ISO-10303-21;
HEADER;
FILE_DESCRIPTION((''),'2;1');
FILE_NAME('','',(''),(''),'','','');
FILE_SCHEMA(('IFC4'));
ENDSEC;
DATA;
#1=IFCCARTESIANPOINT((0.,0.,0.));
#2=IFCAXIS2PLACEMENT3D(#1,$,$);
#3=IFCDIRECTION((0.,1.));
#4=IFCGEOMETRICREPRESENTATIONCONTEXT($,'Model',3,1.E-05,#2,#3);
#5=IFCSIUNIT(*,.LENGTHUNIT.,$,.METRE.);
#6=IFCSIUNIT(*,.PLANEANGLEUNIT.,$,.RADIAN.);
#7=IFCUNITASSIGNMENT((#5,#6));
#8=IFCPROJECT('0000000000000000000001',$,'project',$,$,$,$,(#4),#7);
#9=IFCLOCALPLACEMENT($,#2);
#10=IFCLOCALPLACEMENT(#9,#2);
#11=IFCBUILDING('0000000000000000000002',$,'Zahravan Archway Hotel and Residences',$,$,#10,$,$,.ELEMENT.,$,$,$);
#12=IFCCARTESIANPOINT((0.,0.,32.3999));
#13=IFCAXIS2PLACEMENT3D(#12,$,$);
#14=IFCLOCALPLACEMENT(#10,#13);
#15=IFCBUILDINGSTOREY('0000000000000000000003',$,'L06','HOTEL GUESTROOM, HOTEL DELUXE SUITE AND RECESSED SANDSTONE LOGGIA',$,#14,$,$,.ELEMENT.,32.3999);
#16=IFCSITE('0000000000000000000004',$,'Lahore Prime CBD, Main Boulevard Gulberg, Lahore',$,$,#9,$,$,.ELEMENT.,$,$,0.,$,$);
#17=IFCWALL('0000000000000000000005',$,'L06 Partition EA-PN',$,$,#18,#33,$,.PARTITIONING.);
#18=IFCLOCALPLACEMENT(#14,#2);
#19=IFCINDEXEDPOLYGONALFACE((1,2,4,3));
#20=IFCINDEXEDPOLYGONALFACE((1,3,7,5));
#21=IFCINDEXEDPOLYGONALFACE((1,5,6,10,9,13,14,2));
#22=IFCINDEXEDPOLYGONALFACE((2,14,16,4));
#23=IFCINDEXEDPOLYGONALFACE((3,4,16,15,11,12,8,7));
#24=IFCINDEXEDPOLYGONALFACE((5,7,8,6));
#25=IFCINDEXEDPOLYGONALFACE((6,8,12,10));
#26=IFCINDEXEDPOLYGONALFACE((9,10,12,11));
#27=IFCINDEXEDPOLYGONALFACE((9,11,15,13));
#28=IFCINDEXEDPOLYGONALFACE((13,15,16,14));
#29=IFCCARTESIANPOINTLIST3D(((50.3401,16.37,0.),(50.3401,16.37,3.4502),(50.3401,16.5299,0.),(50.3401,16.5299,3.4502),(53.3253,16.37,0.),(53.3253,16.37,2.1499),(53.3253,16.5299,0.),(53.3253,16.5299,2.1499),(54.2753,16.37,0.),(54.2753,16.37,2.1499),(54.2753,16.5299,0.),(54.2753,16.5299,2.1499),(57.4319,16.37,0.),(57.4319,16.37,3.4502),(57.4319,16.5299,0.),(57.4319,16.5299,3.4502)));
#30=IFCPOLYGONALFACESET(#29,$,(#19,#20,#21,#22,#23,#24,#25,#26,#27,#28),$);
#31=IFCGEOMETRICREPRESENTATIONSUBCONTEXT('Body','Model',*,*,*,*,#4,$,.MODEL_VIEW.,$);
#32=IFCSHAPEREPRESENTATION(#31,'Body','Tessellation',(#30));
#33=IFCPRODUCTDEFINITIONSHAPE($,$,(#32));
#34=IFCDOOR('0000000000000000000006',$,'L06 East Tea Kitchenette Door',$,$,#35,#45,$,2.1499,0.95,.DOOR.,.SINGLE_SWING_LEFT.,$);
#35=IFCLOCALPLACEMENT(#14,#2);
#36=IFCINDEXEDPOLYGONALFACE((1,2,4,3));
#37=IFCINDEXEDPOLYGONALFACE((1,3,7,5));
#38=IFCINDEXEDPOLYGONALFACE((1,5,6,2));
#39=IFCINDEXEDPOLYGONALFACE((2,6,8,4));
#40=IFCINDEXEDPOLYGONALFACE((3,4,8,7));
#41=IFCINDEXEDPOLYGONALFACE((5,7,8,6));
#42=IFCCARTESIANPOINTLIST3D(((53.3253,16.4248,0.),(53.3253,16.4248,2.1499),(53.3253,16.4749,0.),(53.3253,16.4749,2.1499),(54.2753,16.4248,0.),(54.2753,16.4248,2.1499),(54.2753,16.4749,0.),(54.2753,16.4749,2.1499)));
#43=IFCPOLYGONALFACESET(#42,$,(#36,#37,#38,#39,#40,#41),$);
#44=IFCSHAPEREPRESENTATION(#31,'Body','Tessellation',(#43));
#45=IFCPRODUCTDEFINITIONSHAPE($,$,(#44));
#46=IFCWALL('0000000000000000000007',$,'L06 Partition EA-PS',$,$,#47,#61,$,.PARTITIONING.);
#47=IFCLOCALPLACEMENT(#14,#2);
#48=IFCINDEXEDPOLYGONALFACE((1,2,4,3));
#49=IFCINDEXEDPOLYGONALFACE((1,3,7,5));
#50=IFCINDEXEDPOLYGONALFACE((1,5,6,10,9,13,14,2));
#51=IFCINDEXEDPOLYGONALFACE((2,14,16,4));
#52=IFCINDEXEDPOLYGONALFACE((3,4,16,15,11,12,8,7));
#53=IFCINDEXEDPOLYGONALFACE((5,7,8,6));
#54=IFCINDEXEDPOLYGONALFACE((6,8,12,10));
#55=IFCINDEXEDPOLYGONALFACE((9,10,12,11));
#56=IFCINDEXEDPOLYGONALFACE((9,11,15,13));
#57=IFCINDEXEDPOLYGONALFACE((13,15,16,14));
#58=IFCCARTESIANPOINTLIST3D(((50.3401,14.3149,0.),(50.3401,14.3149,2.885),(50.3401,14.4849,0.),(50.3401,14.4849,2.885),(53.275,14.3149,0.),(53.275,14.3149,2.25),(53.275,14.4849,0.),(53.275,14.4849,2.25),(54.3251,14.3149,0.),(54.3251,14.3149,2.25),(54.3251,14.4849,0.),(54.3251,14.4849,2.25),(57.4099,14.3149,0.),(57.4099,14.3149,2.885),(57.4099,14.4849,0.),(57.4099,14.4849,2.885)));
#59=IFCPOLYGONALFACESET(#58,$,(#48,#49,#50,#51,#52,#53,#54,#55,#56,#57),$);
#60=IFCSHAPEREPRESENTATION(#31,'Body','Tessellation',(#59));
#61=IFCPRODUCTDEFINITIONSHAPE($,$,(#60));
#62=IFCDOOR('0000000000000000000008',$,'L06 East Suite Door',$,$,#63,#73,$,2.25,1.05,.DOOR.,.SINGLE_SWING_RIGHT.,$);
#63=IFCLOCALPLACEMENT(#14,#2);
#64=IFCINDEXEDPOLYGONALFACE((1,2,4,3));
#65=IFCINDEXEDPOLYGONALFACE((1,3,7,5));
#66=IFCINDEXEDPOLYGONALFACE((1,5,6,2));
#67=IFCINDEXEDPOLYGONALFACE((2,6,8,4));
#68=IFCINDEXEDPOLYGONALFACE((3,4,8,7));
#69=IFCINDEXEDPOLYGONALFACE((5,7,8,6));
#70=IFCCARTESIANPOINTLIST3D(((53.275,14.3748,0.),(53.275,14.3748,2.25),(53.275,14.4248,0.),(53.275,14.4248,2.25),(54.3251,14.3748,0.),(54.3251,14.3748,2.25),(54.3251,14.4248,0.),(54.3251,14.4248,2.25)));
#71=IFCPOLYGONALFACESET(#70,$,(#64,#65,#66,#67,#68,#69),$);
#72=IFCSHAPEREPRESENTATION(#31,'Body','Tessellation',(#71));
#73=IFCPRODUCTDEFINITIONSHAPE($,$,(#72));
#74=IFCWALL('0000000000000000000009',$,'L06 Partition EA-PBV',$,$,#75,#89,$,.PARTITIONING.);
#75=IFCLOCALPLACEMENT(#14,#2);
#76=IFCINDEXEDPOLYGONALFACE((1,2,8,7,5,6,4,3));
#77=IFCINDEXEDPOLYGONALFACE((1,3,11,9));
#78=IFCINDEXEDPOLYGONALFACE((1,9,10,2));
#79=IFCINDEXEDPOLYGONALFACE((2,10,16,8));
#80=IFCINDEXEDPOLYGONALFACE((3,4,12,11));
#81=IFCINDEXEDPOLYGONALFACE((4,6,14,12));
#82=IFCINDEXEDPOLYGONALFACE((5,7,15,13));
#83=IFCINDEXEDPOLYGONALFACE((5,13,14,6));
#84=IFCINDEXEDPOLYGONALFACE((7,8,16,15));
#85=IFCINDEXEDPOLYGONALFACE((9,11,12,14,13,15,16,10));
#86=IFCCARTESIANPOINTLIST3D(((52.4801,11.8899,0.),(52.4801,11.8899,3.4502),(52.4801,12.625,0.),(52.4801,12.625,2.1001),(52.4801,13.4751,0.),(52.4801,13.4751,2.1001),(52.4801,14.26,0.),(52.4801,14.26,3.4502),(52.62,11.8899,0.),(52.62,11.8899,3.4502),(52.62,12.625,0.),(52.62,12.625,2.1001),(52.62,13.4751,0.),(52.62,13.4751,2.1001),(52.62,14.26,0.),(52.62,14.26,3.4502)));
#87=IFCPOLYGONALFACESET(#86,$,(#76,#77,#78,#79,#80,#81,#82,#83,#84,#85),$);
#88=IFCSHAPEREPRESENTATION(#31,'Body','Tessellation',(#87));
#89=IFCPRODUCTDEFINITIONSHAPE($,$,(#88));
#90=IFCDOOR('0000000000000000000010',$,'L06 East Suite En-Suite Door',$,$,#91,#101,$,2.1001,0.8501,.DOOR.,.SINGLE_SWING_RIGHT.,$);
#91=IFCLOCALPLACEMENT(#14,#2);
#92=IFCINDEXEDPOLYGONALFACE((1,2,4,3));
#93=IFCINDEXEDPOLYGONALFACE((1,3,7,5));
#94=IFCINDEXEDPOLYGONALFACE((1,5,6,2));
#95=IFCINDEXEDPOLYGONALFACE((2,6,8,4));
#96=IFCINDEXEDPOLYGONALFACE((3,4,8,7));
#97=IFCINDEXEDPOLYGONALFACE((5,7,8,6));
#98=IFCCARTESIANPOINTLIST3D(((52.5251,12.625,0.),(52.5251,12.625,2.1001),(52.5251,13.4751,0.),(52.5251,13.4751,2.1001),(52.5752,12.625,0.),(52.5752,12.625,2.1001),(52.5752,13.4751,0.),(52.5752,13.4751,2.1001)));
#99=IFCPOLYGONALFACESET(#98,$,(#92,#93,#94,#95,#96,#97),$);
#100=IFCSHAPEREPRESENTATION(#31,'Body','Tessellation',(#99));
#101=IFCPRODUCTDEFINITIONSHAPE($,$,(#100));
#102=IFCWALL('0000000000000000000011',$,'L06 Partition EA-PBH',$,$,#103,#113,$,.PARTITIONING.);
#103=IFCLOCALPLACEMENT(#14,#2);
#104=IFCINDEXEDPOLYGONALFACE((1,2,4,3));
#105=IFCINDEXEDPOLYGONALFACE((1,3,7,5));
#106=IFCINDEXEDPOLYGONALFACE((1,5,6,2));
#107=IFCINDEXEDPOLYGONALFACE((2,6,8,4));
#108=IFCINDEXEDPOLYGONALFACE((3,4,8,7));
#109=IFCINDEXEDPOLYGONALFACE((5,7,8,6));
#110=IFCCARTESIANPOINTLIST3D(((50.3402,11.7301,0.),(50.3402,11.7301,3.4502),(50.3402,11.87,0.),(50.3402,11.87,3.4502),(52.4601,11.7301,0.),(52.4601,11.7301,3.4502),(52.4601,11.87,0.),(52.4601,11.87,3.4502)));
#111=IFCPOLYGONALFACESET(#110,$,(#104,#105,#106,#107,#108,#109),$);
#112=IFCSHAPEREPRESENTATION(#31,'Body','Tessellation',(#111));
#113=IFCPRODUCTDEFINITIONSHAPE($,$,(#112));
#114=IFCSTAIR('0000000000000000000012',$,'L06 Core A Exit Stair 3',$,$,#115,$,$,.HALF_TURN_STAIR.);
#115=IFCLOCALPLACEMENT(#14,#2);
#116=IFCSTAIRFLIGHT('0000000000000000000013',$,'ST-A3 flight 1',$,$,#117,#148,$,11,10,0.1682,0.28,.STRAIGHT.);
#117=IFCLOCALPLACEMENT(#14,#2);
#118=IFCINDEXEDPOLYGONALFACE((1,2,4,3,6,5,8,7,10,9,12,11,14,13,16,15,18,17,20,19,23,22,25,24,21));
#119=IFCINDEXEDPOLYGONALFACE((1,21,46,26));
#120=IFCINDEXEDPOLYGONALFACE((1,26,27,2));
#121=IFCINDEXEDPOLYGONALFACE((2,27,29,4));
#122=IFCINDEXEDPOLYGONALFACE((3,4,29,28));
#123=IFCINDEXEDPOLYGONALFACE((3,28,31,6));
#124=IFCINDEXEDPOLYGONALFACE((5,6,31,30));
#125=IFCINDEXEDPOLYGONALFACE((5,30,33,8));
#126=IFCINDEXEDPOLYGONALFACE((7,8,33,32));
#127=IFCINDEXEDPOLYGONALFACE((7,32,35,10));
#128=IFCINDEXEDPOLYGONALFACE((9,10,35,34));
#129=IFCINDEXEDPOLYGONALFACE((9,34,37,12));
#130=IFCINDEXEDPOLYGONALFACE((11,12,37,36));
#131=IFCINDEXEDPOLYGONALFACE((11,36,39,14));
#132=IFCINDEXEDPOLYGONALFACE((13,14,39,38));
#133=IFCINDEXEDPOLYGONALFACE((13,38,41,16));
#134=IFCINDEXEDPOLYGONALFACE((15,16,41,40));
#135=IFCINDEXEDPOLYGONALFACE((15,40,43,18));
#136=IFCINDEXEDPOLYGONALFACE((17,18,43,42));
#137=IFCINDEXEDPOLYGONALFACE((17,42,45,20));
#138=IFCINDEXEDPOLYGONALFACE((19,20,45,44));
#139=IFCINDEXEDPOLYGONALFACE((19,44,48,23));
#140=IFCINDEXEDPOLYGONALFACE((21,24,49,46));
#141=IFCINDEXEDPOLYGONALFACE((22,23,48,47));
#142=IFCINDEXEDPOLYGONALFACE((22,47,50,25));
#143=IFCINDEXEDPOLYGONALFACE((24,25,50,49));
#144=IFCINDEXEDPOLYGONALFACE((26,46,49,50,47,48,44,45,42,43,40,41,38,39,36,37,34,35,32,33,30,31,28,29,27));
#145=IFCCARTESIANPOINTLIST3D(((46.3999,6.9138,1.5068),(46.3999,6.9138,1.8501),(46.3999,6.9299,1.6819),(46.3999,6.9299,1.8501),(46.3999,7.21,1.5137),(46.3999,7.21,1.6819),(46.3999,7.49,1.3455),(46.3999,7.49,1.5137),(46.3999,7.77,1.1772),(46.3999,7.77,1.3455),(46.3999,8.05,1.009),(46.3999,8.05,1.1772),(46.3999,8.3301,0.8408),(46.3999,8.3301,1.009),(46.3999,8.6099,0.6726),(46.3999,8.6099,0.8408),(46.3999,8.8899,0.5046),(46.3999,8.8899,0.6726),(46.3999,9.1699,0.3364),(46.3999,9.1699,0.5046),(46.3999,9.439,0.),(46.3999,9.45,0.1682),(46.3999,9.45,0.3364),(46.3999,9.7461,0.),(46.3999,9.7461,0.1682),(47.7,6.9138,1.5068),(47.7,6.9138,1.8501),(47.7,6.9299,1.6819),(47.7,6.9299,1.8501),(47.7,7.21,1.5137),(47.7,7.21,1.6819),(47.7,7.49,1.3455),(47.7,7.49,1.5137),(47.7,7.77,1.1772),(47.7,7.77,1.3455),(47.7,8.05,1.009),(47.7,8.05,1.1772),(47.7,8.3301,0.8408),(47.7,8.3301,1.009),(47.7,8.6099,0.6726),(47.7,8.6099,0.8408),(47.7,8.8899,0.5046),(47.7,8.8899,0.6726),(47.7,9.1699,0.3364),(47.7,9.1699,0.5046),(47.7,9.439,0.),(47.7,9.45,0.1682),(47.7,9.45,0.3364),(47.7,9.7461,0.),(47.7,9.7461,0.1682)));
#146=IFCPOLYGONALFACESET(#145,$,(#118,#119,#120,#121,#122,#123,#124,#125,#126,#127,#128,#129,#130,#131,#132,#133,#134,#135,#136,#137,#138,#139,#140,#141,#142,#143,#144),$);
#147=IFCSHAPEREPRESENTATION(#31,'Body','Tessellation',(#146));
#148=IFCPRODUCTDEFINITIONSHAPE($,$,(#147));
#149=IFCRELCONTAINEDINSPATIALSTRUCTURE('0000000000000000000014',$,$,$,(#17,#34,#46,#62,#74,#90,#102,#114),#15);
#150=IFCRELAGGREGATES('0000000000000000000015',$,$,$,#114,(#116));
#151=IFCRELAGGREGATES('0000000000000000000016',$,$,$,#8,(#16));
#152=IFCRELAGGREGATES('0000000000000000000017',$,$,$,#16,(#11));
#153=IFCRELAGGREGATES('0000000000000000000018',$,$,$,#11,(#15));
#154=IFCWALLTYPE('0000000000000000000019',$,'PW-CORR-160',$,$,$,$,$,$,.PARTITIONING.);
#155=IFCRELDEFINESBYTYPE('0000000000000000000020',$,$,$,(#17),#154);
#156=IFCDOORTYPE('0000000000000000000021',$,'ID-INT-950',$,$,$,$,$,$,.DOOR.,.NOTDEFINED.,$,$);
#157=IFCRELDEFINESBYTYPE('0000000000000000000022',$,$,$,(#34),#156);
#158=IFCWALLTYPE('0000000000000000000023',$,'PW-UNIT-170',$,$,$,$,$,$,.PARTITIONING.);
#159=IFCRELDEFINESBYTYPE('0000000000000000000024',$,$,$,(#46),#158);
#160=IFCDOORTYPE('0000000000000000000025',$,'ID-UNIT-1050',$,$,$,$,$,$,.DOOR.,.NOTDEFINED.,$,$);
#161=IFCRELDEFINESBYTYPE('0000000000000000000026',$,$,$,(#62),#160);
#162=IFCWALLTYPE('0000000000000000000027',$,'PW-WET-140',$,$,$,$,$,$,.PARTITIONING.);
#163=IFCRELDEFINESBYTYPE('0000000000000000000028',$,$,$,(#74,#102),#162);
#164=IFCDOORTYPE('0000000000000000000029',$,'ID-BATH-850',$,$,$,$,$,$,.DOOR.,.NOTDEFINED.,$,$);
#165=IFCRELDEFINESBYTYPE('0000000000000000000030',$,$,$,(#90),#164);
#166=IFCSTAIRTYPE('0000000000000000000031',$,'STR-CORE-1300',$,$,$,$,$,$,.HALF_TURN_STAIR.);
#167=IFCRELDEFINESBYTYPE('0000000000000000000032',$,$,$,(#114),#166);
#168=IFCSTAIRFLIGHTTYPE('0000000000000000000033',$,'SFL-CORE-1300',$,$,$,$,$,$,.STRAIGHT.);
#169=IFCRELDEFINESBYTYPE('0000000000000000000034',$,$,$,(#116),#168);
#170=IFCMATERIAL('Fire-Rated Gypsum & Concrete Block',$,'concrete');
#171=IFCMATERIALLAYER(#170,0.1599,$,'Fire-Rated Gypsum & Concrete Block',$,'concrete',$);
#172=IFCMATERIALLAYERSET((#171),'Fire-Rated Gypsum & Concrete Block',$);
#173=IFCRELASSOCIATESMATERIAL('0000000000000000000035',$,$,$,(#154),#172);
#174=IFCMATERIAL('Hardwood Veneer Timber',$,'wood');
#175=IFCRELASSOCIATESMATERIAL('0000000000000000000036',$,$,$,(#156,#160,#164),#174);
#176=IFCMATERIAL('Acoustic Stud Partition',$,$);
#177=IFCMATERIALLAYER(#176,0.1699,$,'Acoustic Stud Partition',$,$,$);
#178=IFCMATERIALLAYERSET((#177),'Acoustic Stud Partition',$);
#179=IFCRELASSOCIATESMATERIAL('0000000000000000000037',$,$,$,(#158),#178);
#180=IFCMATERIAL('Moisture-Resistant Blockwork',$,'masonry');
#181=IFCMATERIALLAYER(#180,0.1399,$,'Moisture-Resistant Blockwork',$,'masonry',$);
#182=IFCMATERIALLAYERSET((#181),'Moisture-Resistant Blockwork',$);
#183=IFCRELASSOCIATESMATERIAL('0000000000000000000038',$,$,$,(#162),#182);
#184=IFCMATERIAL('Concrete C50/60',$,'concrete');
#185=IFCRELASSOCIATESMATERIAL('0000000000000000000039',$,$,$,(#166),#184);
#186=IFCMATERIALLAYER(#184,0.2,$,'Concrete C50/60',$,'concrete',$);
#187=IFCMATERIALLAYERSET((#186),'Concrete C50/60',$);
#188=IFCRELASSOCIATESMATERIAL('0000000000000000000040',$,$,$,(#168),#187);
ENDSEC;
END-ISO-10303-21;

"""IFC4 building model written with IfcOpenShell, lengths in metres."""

from ifc_helpers import new_model, si_unit, direction, frame, frame_2d, origin, place, context, subcontext, project, spatial, polyline, rectangle, outline, extrude, source, transform, mapped, material, layer, layer_set, type_object, type_shapes, element, fill, aggregate, save


model = new_model("IFC4")

# Units and contexts
model_context = context("Model", 3, precision=1e-05, world=origin(), true_north=direction((0.0, 1.0)))
body_context = subcontext(model_context, "Body", "Model", "MODEL_VIEW")
ifc_project = project(units=[si_unit("LENGTHUNIT", "METRE"), si_unit("PLANEANGLEUNIT", "RADIAN")], contexts=[model_context])

# Site, building, storey
site_placement = place(None, origin())
site = spatial("IfcSite", under=ifc_project, at=site_placement, Name="Lahore Prime CBD, Main Boulevard Gulberg, Lahore", CompositionType="ELEMENT", RefElevation=0.0)
building_placement = place(site_placement, origin())
building = spatial("IfcBuilding", under=site, at=building_placement, Name="Zahravan Archway Hotel and Residences", CompositionType="ELEMENT")
storey_placement = place(building_placement, frame((0.0, 0.0, 32.3999)))
storey = spatial("IfcBuildingStorey", under=building, at=storey_placement, Name="L06", Description="HOTEL GUESTROOM, HOTEL DELUXE SUITE AND RECESSED SANDSTONE LOGGIA", CompositionType="ELEMENT", Elevation=32.3999)

# Walls, openings, doors
ifc_material_1 = material(Name="Fire-Rated Gypsum & Concrete Block", Category="concrete")
ifc_layer_1 = layer(ifc_material_1, 0.1599, Name="Fire-Rated Gypsum & Concrete Block", Category="concrete")
ifc_layer_set_1 = layer_set([ifc_layer_1], Name="Fire-Rated Gypsum & Concrete Block")
wall_type_1 = type_object("IfcWallType", Name="PW-CORR-160", PredefinedType="PARTITIONING", material=ifc_layer_set_1)
wall_1_placement = place(storey_placement, frame((50.3401, 16.45, 0.0), z_axis=(0.0, 0.0, 1.0), x_axis=(1.0, 0.0, 0.0)))
wall_1 = element("IfcWall", 1, at=wall_1_placement, inside=storey, type_object=wall_type_1, Name="L06 Partition EA-PN", PredefinedType="PARTITIONING", context=body_context, shape_type="SweptSolid", body=[
    extrude(rectangle(XDim=7.0918, YDim=0.1599, at=frame_2d((3.5459, 0.0))), origin(), (0.0, 0.0, 1.0), 3.4502),
])
opening_1_placement = place(wall_1_placement, frame((2.9851, 0.0, 0.0)))
opening_1 = element("IfcOpeningElement", 2, at=opening_1_placement, cuts=wall_1, PredefinedType="OPENING", context=body_context, shape_type="SweptSolid", body=[
    extrude(rectangle(XDim=0.95, YDim=2.1499, at=frame_2d((0.4751, 1.075))), frame((0.0, 0.0898, 0.0), z_axis=(0.0, -1.0, 0.0), x_axis=(1.0, 0.0, 0.0)), (0.0, 0.0, 1.0), 0.1799),
])
ifc_material_2 = material(Name="Hardwood Veneer Timber", Category="wood")
door_type_1 = type_object("IfcDoorType", Name="ID-INT-950", OperationType="NOTDEFINED", PredefinedType="DOOR", material=ifc_material_2)
shared_shape_1 = source(origin(), body_context, "Body", "SweptSolid", [
    extrude(rectangle(XDim=0.95, YDim=2.1499, at=frame_2d((0.4751, 1.075))), frame((0.0, 0.0249, 0.0), z_axis=(0.0, -1.0, 0.0), x_axis=(1.0, 0.0, 0.0)), (0.0, 0.0, 1.0), 0.05),
])
type_shapes(door_type_1, [shared_shape_1])
door_1_placement = place(opening_1_placement, origin())
door_1 = element("IfcDoor", 3, at=door_1_placement, inside=storey, type_object=door_type_1, Name="L06 East Tea Kitchenette Door", OperationType="SINGLE_SWING_LEFT", OverallHeight=2.1499, OverallWidth=0.95, PredefinedType="DOOR", context=body_context, shape_type="MappedRepresentation", body=[
    mapped(shared_shape_1, transform((0.0, 0.0, 0.0), scale=1.0)),
])
fill(opening_1, door_1)
ifc_material_3 = material(Name="Acoustic Stud Partition")
ifc_layer_2 = layer(ifc_material_3, 0.1699, Name="Acoustic Stud Partition")
ifc_layer_set_2 = layer_set([ifc_layer_2], Name="Acoustic Stud Partition")
wall_type_2 = type_object("IfcWallType", Name="PW-UNIT-170", PredefinedType="PARTITIONING", material=ifc_layer_set_2)
wall_2_placement = place(storey_placement, frame((50.3401, 14.3999, 0.0), z_axis=(0.0, 0.0, 1.0), x_axis=(1.0, 0.0, 0.0)))
wall_2 = element("IfcWall", 4, at=wall_2_placement, inside=storey, type_object=wall_type_2, Name="L06 Partition EA-PS", PredefinedType="PARTITIONING", context=body_context, shape_type="SweptSolid", body=[
    extrude(rectangle(XDim=7.0698, YDim=0.1699, at=frame_2d((3.5349, 0.0))), origin(), (0.0, 0.0, 1.0), 2.885),
])
opening_2_placement = place(wall_2_placement, frame((2.9351, 0.0, 0.0)))
opening_2 = element("IfcOpeningElement", 5, at=opening_2_placement, cuts=wall_2, PredefinedType="OPENING", context=body_context, shape_type="SweptSolid", body=[
    extrude(rectangle(XDim=1.05, YDim=2.25, at=frame_2d((0.5249, 1.125))), frame((0.0, 0.095, 0.0), z_axis=(0.0, -1.0, 0.0), x_axis=(1.0, 0.0, 0.0)), (0.0, 0.0, 1.0), 0.1899),
])
door_type_2 = type_object("IfcDoorType", Name="ID-UNIT-1050", OperationType="NOTDEFINED", PredefinedType="DOOR", material=ifc_material_2)
shared_shape_2 = source(origin(), body_context, "Body", "SweptSolid", [
    extrude(rectangle(XDim=1.05, YDim=2.25, at=frame_2d((0.5249, 1.125))), frame((0.0, 0.0249, 0.0), z_axis=(0.0, -1.0, 0.0), x_axis=(1.0, 0.0, 0.0)), (0.0, 0.0, 1.0), 0.05),
])
type_shapes(door_type_2, [shared_shape_2])
door_2_placement = place(opening_2_placement, origin())
door_2 = element("IfcDoor", 6, at=door_2_placement, inside=storey, type_object=door_type_2, Name="L06 East Suite Door", OperationType="SINGLE_SWING_RIGHT", OverallHeight=2.25, OverallWidth=1.05, PredefinedType="DOOR", context=body_context, shape_type="MappedRepresentation", body=[
    mapped(shared_shape_2, transform((0.0, 0.0, 0.0), scale=1.0)),
])
fill(opening_2, door_2)
ifc_material_4 = material(Name="Moisture-Resistant Blockwork", Category="masonry")
ifc_layer_3 = layer(ifc_material_4, 0.1399, Name="Moisture-Resistant Blockwork", Category="masonry")
ifc_layer_set_3 = layer_set([ifc_layer_3], Name="Moisture-Resistant Blockwork")
wall_type_3 = type_object("IfcWallType", Name="PW-WET-140", PredefinedType="PARTITIONING", material=ifc_layer_set_3)
wall_3_placement = place(storey_placement, frame((52.55, 11.8899, 0.0), z_axis=(0.0, 0.0, 1.0), x_axis=(0.0, 1.0, 0.0)))
wall_3 = element("IfcWall", 7, at=wall_3_placement, inside=storey, type_object=wall_type_3, Name="L06 Partition EA-PBV", PredefinedType="PARTITIONING", context=body_context, shape_type="SweptSolid", body=[
    extrude(rectangle(XDim=2.3701, YDim=0.1399, at=frame_2d((1.1851, 0.0))), origin(), (0.0, 0.0, 1.0), 3.4502),
])
opening_3_placement = place(wall_3_placement, frame((0.7351, 0.0, 0.0)))
opening_3 = element("IfcOpeningElement", 8, at=opening_3_placement, cuts=wall_3, PredefinedType="OPENING", context=body_context, shape_type="SweptSolid", body=[
    extrude(rectangle(XDim=0.8501, YDim=2.1001, at=frame_2d((0.425, 1.05))), frame((0.0, 0.0801, 0.0), z_axis=(0.0, -1.0, 0.0), x_axis=(1.0, 0.0, 0.0)), (0.0, 0.0, 1.0), 0.1599),
])
door_type_3 = type_object("IfcDoorType", Name="ID-BATH-850", OperationType="NOTDEFINED", PredefinedType="DOOR", material=ifc_material_2)
shared_shape_3 = source(origin(), body_context, "Body", "SweptSolid", [
    extrude(rectangle(XDim=0.8501, YDim=2.1001, at=frame_2d((0.425, 1.05))), frame((0.0, 0.0249, 0.0), z_axis=(0.0, -1.0, 0.0), x_axis=(1.0, 0.0, 0.0)), (0.0, 0.0, 1.0), 0.05),
])
type_shapes(door_type_3, [shared_shape_3])
door_3_placement = place(opening_3_placement, origin())
door_3 = element("IfcDoor", 9, at=door_3_placement, inside=storey, type_object=door_type_3, Name="L06 East Suite En-Suite Door", OperationType="SINGLE_SWING_RIGHT", OverallHeight=2.1001, OverallWidth=0.8501, PredefinedType="DOOR", context=body_context, shape_type="MappedRepresentation", body=[
    mapped(shared_shape_3, transform((0.0, 0.0, 0.0), scale=1.0)),
])
fill(opening_3, door_3)

# Wall
wall_4_placement = place(storey_placement, frame((50.3401, 11.8, 0.0), z_axis=(0.0, 0.0, 1.0), x_axis=(1.0, 0.0, 0.0)))
element("IfcWall", 10, at=wall_4_placement, inside=storey, type_object=wall_type_3, Name="L06 Partition EA-PBH", PredefinedType="PARTITIONING", context=body_context, shape_type="SweptSolid", body=[
    extrude(rectangle(XDim=2.1199, YDim=0.1399, at=frame_2d((1.0601, 0.0))), origin(), (0.0, 0.0, 1.0), 3.4502),
])

# Stair, stair flight
ifc_material_5 = material(Name="Concrete C50/60", Category="concrete")
stair_type = type_object("IfcStairType", Name="STR-CORE-1300", PredefinedType="HALF_TURN_STAIR", material=ifc_material_5)
stair_placement = place(storey_placement, origin())
stair = element("IfcStair", 11, at=stair_placement, inside=storey, type_object=stair_type, Name="L06 Core A Exit Stair 3", PredefinedType="HALF_TURN_STAIR")
ifc_layer_4 = layer(ifc_material_5, 0.2, Name="Concrete C50/60", Category="concrete")
ifc_layer_set_4 = layer_set([ifc_layer_4], Name="Concrete C50/60")
stair_flight_type = type_object("IfcStairFlightType", Name="SFL-CORE-1300", PredefinedType="STRAIGHT", material=ifc_layer_set_4)
shared_shape_4 = source(origin(), body_context, "Body", "SweptSolid", [
    extrude(outline(polyline([(-0.0161, 0.0), (-0.0161, 0.1682), (0.28, 0.1682), (0.28, 0.3364), (0.5601, 0.3364), (0.5601, 0.5046), (0.8401, 0.5046), (0.8401, 0.6726), (1.1201, 0.6726), (1.1201, 0.8408), (1.3999, 0.8408), (1.3999, 1.009), (1.6799, 1.009), (1.6799, 1.1772), (1.96, 1.1772), (1.96, 1.3455), (2.24, 1.3455), (2.24, 1.5137), (2.52, 1.5137), (2.52, 1.6819), (2.8, 1.6819), (2.8, 1.8501), (2.8162, 1.8501), (2.8162, 1.5068), (0.291, 0.0), (-0.0161, 0.0)])), frame((0.0, 0.6499, 0.0), z_axis=(0.0, -1.0, 0.0), x_axis=(1.0, 0.0, 0.0)), (0.0, 0.0, 1.0), 1.3),
])
stair_flight_placement = place(storey_placement, frame((47.05, 9.73, 0.0), z_axis=(0.0, 0.0, 1.0), x_axis=(0.0, -1.0, 0.0)))
stair_flight = element("IfcStairFlight", 12, at=stair_flight_placement, type_object=stair_flight_type, Name="ST-A3 flight 1", NumberOfRisers=11, NumberOfTreads=10, PredefinedType="STRAIGHT", RiserHeight=0.1682, TreadLength=0.28, context=body_context, shape_type="MappedRepresentation", body=[
    mapped(shared_shape_4, transform((0.0, 0.0, 0.0), scale=1.0)),
])
aggregate(stair, [stair_flight])

save(model, "model.ifc")
